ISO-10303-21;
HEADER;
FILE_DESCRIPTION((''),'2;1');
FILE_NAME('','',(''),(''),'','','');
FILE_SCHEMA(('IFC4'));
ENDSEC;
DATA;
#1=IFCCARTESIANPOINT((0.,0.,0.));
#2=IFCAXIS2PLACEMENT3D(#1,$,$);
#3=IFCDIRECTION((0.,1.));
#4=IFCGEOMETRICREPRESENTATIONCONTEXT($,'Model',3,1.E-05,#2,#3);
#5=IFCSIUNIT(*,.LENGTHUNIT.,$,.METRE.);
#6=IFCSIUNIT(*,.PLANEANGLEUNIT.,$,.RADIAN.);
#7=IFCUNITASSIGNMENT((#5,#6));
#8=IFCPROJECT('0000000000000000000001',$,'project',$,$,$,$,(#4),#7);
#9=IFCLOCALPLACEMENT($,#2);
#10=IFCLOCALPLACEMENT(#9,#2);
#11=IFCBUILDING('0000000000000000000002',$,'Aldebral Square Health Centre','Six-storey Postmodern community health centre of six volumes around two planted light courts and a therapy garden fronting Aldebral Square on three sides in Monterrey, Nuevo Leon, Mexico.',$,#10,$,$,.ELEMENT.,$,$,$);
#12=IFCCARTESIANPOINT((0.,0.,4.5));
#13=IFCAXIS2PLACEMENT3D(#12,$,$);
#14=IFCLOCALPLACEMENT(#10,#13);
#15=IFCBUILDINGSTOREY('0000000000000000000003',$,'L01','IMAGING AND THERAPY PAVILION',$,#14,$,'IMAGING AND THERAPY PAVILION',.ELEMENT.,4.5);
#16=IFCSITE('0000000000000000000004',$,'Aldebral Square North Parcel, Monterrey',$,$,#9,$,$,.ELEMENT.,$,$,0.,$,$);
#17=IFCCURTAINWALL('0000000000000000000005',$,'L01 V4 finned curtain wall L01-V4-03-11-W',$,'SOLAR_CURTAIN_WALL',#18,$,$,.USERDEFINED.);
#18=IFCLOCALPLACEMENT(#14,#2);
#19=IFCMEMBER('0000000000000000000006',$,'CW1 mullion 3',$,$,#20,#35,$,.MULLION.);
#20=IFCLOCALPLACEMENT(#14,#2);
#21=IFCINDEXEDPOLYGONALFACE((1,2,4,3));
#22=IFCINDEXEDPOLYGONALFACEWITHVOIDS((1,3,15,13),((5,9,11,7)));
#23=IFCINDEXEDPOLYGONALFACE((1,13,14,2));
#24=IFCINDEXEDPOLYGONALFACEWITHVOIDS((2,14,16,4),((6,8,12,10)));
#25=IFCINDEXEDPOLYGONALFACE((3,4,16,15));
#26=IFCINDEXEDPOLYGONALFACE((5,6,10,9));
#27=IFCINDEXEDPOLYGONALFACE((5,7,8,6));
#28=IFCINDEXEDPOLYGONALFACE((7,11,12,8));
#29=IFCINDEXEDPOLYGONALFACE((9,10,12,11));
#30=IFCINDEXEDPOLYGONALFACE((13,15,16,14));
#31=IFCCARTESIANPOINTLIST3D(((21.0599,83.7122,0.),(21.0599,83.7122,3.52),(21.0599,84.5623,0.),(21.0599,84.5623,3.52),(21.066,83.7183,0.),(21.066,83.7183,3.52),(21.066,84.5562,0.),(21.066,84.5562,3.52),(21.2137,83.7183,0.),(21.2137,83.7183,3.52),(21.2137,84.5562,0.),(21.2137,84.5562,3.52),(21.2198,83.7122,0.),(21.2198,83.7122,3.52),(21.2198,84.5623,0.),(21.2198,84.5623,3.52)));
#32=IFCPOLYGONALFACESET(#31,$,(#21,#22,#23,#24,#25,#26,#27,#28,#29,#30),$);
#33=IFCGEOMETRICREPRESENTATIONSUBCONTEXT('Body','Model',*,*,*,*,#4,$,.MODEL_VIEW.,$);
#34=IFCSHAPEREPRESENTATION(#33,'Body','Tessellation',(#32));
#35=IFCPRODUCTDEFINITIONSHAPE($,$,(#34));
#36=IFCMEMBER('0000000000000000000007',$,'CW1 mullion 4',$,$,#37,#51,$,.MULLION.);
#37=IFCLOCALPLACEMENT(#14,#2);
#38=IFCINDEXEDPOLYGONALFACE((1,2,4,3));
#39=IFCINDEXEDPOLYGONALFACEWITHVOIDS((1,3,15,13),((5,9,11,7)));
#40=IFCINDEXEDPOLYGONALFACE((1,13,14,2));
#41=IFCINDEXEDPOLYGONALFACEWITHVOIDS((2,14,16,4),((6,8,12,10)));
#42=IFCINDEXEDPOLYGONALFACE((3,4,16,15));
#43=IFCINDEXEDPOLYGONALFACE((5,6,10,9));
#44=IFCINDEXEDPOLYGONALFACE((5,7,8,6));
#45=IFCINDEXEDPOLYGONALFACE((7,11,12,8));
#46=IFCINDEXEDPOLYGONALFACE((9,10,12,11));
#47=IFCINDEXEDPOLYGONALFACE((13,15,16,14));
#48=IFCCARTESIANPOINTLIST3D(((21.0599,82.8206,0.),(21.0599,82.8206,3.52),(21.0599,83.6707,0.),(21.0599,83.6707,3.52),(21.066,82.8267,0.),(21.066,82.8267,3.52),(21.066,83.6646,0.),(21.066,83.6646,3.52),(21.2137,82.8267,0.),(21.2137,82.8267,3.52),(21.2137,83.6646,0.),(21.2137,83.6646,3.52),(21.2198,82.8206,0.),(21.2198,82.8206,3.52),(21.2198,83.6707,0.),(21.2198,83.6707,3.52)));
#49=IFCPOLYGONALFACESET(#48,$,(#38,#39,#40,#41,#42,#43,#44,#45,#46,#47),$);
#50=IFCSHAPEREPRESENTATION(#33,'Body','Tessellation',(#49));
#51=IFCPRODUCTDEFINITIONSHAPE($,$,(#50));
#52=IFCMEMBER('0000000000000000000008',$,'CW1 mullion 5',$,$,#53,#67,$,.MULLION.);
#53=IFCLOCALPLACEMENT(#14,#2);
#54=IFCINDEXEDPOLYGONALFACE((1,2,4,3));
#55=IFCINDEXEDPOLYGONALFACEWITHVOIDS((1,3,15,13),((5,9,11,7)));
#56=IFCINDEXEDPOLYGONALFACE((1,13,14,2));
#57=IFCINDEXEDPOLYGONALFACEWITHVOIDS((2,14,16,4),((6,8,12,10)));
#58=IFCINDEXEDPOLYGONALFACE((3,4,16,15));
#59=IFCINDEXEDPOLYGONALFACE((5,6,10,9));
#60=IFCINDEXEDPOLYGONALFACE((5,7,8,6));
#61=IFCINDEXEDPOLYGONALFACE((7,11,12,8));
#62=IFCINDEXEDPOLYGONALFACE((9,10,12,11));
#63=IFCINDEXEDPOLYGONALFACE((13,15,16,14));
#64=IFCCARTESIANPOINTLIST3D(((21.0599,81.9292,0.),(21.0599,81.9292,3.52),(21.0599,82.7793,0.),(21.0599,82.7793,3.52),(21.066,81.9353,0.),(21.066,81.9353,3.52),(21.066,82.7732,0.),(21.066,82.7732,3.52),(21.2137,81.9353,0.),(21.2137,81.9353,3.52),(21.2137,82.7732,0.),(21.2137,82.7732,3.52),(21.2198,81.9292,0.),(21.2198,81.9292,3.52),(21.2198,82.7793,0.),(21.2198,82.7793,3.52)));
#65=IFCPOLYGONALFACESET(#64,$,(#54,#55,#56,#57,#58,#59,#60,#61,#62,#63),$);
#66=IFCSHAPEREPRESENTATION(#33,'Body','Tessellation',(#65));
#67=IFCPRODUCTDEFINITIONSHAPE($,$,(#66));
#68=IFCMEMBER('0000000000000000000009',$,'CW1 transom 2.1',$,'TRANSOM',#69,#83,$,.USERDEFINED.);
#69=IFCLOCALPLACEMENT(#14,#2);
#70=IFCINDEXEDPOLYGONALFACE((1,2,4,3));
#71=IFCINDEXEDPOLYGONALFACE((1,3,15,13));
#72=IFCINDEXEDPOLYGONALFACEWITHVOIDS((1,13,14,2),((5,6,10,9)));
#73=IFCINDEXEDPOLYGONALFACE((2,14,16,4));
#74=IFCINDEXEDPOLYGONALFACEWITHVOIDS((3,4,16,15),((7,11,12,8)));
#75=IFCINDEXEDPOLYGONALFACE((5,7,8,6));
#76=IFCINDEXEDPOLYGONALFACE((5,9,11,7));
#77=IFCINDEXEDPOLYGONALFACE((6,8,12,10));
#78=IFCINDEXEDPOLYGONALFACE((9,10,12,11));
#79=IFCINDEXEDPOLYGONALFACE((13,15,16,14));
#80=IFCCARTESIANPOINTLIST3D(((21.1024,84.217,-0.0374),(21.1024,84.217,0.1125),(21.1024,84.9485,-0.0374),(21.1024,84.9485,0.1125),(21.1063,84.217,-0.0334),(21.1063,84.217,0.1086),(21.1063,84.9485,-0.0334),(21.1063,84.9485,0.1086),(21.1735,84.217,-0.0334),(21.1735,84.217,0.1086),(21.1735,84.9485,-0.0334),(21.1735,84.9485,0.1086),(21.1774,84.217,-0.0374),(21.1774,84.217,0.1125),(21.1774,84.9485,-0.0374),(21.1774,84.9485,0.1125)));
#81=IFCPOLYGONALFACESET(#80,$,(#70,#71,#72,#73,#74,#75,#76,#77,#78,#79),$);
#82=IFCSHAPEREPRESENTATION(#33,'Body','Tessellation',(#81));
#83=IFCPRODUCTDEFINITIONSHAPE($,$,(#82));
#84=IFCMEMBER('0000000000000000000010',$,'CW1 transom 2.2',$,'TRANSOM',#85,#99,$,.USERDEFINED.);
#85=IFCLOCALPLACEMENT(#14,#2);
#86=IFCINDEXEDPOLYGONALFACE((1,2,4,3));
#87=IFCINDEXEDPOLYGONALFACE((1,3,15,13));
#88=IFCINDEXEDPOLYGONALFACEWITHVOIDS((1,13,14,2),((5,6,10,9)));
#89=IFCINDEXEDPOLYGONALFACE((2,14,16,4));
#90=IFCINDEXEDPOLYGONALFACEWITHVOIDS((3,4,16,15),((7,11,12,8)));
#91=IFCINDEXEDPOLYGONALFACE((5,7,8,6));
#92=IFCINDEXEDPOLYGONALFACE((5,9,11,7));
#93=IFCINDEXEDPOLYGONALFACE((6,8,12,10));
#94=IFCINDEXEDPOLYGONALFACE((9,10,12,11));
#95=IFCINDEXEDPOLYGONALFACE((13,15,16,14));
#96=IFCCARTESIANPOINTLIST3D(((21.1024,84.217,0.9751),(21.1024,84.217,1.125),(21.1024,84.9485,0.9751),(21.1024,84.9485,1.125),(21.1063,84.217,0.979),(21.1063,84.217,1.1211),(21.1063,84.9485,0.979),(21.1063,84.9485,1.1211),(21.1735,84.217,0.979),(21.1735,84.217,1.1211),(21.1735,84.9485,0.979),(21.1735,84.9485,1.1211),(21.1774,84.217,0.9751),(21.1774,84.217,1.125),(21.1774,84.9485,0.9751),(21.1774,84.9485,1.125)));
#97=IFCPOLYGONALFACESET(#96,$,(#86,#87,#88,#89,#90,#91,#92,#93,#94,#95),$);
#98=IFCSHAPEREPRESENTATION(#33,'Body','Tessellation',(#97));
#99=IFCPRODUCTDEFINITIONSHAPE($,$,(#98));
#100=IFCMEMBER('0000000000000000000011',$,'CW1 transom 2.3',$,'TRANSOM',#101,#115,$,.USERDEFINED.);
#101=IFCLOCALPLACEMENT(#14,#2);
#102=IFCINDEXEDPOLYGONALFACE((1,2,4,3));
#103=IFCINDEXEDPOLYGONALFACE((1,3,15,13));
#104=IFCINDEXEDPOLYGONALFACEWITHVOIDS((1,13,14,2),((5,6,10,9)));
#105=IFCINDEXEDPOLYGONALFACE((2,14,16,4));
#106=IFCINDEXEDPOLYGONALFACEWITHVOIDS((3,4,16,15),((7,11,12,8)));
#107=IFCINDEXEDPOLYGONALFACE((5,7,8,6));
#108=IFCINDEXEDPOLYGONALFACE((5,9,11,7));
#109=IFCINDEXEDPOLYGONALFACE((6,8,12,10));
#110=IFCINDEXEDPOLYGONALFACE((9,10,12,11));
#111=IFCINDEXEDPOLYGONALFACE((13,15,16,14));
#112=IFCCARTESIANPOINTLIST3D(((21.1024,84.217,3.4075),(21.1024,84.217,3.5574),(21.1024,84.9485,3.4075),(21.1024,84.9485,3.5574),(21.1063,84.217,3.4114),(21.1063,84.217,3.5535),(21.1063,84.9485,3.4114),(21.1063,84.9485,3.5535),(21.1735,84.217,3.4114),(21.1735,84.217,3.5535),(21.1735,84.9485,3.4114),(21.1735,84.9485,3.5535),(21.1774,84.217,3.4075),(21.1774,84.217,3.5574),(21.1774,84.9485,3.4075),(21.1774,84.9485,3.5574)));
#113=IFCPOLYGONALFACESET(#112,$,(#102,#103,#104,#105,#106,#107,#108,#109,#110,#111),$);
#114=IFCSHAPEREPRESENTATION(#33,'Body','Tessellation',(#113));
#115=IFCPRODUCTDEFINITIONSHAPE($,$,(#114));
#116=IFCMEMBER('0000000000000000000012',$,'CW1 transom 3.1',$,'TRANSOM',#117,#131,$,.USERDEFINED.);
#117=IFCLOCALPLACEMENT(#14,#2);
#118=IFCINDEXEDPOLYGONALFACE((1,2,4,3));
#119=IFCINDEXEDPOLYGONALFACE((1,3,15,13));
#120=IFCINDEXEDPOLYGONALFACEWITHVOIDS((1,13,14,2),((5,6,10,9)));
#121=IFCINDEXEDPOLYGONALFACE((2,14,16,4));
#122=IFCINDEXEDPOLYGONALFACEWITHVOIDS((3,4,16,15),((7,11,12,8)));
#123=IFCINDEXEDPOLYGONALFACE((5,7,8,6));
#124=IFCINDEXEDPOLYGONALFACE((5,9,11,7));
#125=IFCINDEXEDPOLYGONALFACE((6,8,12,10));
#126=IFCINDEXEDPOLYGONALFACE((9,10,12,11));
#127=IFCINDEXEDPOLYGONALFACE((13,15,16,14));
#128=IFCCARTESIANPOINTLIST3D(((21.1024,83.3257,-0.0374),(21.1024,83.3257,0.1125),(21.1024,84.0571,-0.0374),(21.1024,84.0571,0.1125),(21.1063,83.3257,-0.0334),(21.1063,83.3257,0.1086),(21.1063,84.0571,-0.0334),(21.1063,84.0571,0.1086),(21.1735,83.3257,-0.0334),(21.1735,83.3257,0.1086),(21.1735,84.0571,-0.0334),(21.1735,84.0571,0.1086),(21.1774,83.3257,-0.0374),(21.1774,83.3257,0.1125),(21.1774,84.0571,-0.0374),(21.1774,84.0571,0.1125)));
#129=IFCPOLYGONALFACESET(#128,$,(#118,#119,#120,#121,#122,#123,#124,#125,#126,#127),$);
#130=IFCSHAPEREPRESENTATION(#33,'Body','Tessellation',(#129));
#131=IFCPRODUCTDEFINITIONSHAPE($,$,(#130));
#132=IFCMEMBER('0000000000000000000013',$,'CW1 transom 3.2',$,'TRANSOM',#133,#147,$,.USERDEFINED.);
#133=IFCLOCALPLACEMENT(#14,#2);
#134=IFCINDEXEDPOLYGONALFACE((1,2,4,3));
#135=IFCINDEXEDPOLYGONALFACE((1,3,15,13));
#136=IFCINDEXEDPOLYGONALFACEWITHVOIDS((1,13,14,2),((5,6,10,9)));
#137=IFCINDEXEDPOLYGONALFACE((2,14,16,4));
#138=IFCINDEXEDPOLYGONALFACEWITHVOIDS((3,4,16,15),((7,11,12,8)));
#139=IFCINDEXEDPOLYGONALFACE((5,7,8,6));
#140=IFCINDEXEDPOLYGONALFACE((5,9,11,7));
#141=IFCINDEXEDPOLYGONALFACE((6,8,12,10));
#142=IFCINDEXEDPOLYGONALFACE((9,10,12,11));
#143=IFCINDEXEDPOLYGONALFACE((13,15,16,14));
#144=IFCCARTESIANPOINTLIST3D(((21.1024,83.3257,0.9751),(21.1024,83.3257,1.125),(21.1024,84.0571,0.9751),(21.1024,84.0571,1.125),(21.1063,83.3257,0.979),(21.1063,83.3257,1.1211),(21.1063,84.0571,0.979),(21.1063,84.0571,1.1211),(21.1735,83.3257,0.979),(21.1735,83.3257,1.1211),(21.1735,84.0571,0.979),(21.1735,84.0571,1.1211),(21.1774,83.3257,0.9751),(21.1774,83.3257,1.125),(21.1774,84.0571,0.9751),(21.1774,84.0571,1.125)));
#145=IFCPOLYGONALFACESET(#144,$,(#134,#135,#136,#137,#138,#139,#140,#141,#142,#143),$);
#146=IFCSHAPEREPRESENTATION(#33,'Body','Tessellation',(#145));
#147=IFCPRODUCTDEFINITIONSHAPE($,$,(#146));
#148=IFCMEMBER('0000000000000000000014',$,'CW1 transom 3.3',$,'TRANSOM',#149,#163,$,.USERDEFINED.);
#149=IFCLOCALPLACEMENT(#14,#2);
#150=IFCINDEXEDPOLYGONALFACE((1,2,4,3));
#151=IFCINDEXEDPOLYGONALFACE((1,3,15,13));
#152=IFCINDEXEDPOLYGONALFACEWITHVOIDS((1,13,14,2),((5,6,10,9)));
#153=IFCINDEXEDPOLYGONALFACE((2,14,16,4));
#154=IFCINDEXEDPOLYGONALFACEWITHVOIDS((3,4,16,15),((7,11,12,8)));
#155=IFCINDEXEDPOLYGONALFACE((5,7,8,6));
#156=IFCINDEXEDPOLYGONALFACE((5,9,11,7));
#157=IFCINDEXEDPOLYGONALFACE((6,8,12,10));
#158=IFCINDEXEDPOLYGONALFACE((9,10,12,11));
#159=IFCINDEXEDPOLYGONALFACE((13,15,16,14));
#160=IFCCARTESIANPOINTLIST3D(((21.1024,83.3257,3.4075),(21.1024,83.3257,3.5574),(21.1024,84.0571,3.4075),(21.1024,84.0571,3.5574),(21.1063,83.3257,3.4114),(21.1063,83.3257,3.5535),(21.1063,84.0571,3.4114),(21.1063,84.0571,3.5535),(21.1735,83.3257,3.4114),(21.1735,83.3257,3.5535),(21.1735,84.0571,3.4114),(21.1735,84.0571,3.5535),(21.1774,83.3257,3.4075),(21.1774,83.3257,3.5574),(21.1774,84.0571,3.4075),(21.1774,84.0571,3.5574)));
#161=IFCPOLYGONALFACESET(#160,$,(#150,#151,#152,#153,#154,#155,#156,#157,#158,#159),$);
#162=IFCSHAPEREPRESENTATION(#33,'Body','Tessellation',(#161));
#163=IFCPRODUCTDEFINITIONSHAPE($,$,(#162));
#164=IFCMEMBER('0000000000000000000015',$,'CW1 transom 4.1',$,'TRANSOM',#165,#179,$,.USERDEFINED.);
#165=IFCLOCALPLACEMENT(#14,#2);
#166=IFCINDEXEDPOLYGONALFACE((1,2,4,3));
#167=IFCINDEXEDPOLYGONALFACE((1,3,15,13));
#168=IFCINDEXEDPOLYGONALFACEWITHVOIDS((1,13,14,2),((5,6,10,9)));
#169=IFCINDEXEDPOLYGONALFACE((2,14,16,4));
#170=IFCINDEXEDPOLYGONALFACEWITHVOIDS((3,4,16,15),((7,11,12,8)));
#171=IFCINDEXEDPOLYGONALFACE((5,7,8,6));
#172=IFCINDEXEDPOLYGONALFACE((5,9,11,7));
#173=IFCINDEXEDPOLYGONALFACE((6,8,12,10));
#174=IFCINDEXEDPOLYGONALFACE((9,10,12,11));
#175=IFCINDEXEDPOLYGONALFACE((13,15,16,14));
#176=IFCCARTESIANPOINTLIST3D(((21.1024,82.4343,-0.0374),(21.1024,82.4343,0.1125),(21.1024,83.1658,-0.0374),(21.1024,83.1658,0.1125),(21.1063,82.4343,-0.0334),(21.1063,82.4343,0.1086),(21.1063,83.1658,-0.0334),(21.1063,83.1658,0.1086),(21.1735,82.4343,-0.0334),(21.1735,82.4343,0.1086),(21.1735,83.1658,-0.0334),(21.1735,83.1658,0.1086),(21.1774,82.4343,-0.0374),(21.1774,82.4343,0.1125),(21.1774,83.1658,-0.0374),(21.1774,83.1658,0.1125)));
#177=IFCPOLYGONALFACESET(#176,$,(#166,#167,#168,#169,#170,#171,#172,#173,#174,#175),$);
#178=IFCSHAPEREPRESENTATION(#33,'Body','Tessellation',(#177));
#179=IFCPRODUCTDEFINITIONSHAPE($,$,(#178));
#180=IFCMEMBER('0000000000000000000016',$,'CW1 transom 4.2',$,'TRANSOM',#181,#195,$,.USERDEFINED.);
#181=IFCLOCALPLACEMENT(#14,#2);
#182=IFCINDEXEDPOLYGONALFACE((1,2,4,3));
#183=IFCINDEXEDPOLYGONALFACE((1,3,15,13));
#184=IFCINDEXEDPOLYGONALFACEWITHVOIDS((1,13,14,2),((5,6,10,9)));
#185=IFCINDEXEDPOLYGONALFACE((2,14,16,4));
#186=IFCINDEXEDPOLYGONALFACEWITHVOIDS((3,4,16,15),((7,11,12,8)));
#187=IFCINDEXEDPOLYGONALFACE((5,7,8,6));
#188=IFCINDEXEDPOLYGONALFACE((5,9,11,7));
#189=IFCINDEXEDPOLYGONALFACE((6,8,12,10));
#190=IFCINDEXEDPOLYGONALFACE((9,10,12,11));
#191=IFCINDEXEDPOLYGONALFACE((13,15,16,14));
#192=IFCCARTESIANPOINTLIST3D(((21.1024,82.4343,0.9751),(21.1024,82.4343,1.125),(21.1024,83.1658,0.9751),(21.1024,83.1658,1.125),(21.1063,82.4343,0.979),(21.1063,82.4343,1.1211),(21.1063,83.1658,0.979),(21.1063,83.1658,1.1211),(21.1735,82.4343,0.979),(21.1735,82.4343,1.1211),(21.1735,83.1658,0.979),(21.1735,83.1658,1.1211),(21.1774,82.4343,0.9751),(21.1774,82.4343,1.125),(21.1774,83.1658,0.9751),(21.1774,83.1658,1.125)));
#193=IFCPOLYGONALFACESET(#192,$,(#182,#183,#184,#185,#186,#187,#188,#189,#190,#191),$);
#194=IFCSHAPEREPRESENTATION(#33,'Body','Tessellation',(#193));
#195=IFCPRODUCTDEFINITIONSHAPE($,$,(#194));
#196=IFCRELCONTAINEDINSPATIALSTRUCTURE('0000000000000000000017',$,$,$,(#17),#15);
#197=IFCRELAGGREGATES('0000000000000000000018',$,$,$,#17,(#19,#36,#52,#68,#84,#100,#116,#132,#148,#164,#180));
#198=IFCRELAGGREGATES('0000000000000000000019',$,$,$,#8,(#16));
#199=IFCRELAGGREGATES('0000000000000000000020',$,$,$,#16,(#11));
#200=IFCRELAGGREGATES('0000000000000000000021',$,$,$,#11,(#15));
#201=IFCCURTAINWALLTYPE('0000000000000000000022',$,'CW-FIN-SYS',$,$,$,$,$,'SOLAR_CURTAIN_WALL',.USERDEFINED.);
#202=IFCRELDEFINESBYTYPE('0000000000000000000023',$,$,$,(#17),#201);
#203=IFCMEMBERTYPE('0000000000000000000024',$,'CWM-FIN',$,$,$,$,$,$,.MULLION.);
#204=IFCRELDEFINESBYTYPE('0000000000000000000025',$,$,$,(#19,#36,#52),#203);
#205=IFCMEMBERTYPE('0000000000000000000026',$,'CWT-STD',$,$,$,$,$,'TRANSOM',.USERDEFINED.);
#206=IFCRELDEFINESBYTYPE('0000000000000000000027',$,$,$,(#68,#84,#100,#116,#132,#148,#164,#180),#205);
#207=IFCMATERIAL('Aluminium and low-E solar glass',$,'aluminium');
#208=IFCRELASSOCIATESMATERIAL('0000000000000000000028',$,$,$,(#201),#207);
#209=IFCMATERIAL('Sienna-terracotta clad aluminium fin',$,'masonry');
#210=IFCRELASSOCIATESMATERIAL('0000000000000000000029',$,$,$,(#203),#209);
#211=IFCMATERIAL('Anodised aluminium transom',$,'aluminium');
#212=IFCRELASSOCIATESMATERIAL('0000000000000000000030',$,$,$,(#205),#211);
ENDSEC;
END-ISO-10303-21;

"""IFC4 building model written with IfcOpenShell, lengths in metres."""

from ifc_helpers import new_model, si_unit, direction, frame, origin, origin_2d, place, context, subcontext, project, spatial, hollow_rectangle, extrude, material, material_profile, profile_set, type_object, element, aggregate, save


model = new_model("IFC4")

# Units and contexts
model_context = context("Model", 3, precision=1e-05, world=origin(), true_north=direction((0.0, 1.0)))
body_context = subcontext(model_context, "Body", "Model", "MODEL_VIEW")
ifc_project = project(units=[si_unit("LENGTHUNIT", "METRE"), si_unit("PLANEANGLEUNIT", "RADIAN")], contexts=[model_context])

# Site, building, storey
site_placement = place(None, origin())
site = spatial("IfcSite", under=ifc_project, at=site_placement, Name="Aldebral Square North Parcel, Monterrey", CompositionType="ELEMENT", RefElevation=0.0)
building_placement = place(site_placement, origin())
building = spatial("IfcBuilding", under=site, at=building_placement, Name="Aldebral Square Health Centre", Description="Six-storey Postmodern community health centre of six volumes around two planted light courts and a therapy garden fronting Aldebral Square on three sides in Monterrey, Nuevo Leon, Mexico.", CompositionType="ELEMENT")
storey_placement = place(building_placement, frame((0.0, 0.0, 4.5)))
storey = spatial("IfcBuildingStorey", under=building, at=storey_placement, Name="L01", Description="IMAGING AND THERAPY PAVILION", LongName="IMAGING AND THERAPY PAVILION", CompositionType="ELEMENT", Elevation=4.5)

# Curtain wall, members
ifc_material_1 = material(Name="Aluminium and low-E solar glass", Category="aluminium")
curtain_wall_type = type_object("IfcCurtainWallType", Name="CW-FIN-SYS", ElementType="SOLAR_CURTAIN_WALL", PredefinedType="USERDEFINED", material=ifc_material_1)
curtain_wall_placement = place(storey_placement, origin())
curtain_wall = element("IfcCurtainWall", 1, at=curtain_wall_placement, inside=storey, type_object=curtain_wall_type, Name="L01 V4 finned curtain wall L01-V4-03-11-W", ObjectType="SOLAR_CURTAIN_WALL", PredefinedType="USERDEFINED")
ifc_material_2 = material(Name="Sienna-terracotta clad aluminium fin", Category="masonry")
ifc_material_profile_1 = material_profile(ifc_material_2, hollow_rectangle(XDim=0.1599, YDim=0.8501, WallThickness=0.0061, at=origin_2d()), Name="FIN 160x850x6")
ifc_profile_set_1 = profile_set([ifc_material_profile_1], Name="Sienna-terracotta clad aluminium fin")
member_type_1 = type_object("IfcMemberType", Name="CWM-FIN", PredefinedType="MULLION", material=ifc_profile_set_1)
member_1_placement = place(storey_placement, frame((21.1399, 84.1372, 0.0), z_axis=(0.0, 0.0, 1.0), x_axis=(1.0, 0.0, 0.0)))
member_1 = element("IfcMember", 2, at=member_1_placement, type_object=member_type_1, Name="CW1 mullion 3", PredefinedType="MULLION", context=body_context, shape_type="SweptSolid", body=[
    extrude(hollow_rectangle(XDim=0.1599, YDim=0.8501, WallThickness=0.0061, at=origin_2d()), origin(), (0.0, 0.0, 1.0), 3.52),
])
member_2_placement = place(storey_placement, frame((21.1399, 83.2456, 0.0), z_axis=(0.0, 0.0, 1.0), x_axis=(1.0, 0.0, 0.0)))
member_2 = element("IfcMember", 3, at=member_2_placement, type_object=member_type_1, Name="CW1 mullion 4", PredefinedType="MULLION", context=body_context, shape_type="SweptSolid", body=[
    extrude(hollow_rectangle(XDim=0.1599, YDim=0.8501, WallThickness=0.0061, at=origin_2d()), origin(), (0.0, 0.0, 1.0), 3.52),
])
member_3_placement = place(storey_placement, frame((21.1399, 82.3542, 0.0), z_axis=(0.0, 0.0, 1.0), x_axis=(1.0, 0.0, 0.0)))
member_3 = element("IfcMember", 4, at=member_3_placement, type_object=member_type_1, Name="CW1 mullion 5", PredefinedType="MULLION", context=body_context, shape_type="SweptSolid", body=[
    extrude(hollow_rectangle(XDim=0.1599, YDim=0.8501, WallThickness=0.0061, at=origin_2d()), origin(), (0.0, 0.0, 1.0), 3.52),
])
ifc_material_3 = material(Name="Anodised aluminium transom", Category="aluminium")
ifc_material_profile_2 = material_profile(ifc_material_3, hollow_rectangle(XDim=0.075, YDim=0.1499, WallThickness=0.0039, at=origin_2d()), Name="CWT 75x150x4")
ifc_profile_set_2 = profile_set([ifc_material_profile_2], Name="Anodised aluminium transom")
member_type_2 = type_object("IfcMemberType", Name="CWT-STD", ElementType="TRANSOM", PredefinedType="USERDEFINED", material=ifc_profile_set_2)
member_4_placement = place(storey_placement, frame((21.1399, 84.9485, 0.0376), z_axis=(0.0, -1.0, 0.0), x_axis=(1.0, 0.0, 0.0)))
member_4 = element("IfcMember", 5, at=member_4_placement, type_object=member_type_2, Name="CW1 transom 2.1", ObjectType="TRANSOM", PredefinedType="USERDEFINED", context=body_context, shape_type="SweptSolid", body=[
    extrude(hollow_rectangle(XDim=0.075, YDim=0.1499, WallThickness=0.0039, at=origin_2d()), origin(), (0.0, 0.0, 1.0), 0.7314),
])
member_5_placement = place(storey_placement, frame((21.1399, 84.9485, 1.05), z_axis=(0.0, -1.0, 0.0), x_axis=(1.0, 0.0, 0.0)))
member_5 = element("IfcMember", 6, at=member_5_placement, type_object=member_type_2, Name="CW1 transom 2.2", ObjectType="TRANSOM", PredefinedType="USERDEFINED", context=body_context, shape_type="SweptSolid", body=[
    extrude(hollow_rectangle(XDim=0.075, YDim=0.1499, WallThickness=0.0039, at=origin_2d()), origin(), (0.0, 0.0, 1.0), 0.7314),
])
member_6_placement = place(storey_placement, frame((21.1399, 84.9485, 3.4824), z_axis=(0.0, -1.0, 0.0), x_axis=(1.0, 0.0, 0.0)))
member_6 = element("IfcMember", 7, at=member_6_placement, type_object=member_type_2, Name="CW1 transom 2.3", ObjectType="TRANSOM", PredefinedType="USERDEFINED", context=body_context, shape_type="SweptSolid", body=[
    extrude(hollow_rectangle(XDim=0.075, YDim=0.1499, WallThickness=0.0039, at=origin_2d()), origin(), (0.0, 0.0, 1.0), 0.7314),
])
member_7_placement = place(storey_placement, frame((21.1399, 84.0571, 0.0376), z_axis=(0.0, -1.0, 0.0), x_axis=(1.0, 0.0, 0.0)))
member_7 = element("IfcMember", 8, at=member_7_placement, type_object=member_type_2, Name="CW1 transom 3.1", ObjectType="TRANSOM", PredefinedType="USERDEFINED", context=body_context, shape_type="SweptSolid", body=[
    extrude(hollow_rectangle(XDim=0.075, YDim=0.1499, WallThickness=0.0039, at=origin_2d()), origin(), (0.0, 0.0, 1.0), 0.7314),
])
member_8_placement = place(storey_placement, frame((21.1399, 84.0571, 1.05), z_axis=(0.0, -1.0, 0.0), x_axis=(1.0, 0.0, 0.0)))
member_8 = element("IfcMember", 9, at=member_8_placement, type_object=member_type_2, Name="CW1 transom 3.2", ObjectType="TRANSOM", PredefinedType="USERDEFINED", context=body_context, shape_type="SweptSolid", body=[
    extrude(hollow_rectangle(XDim=0.075, YDim=0.1499, WallThickness=0.0039, at=origin_2d()), origin(), (0.0, 0.0, 1.0), 0.7314),
])
member_9_placement = place(storey_placement, frame((21.1399, 84.0571, 3.4824), z_axis=(0.0, -1.0, 0.0), x_axis=(1.0, 0.0, 0.0)))
member_9 = element("IfcMember", 10, at=member_9_placement, type_object=member_type_2, Name="CW1 transom 3.3", ObjectType="TRANSOM", PredefinedType="USERDEFINED", context=body_context, shape_type="SweptSolid", body=[
    extrude(hollow_rectangle(XDim=0.075, YDim=0.1499, WallThickness=0.0039, at=origin_2d()), origin(), (0.0, 0.0, 1.0), 0.7314),
])
member_10_placement = place(storey_placement, frame((21.1399, 83.1658, 0.0376), z_axis=(0.0, -1.0, 0.0), x_axis=(1.0, 0.0, 0.0)))
member_10 = element("IfcMember", 11, at=member_10_placement, type_object=member_type_2, Name="CW1 transom 4.1", ObjectType="TRANSOM", PredefinedType="USERDEFINED", context=body_context, shape_type="SweptSolid", body=[
    extrude(hollow_rectangle(XDim=0.075, YDim=0.1499, WallThickness=0.0039, at=origin_2d()), origin(), (0.0, 0.0, 1.0), 0.7314),
])
member_11_placement = place(storey_placement, frame((21.1399, 83.1658, 1.05), z_axis=(0.0, -1.0, 0.0), x_axis=(1.0, 0.0, 0.0)))
member_11 = element("IfcMember", 12, at=member_11_placement, type_object=member_type_2, Name="CW1 transom 4.2", ObjectType="TRANSOM", PredefinedType="USERDEFINED", context=body_context, shape_type="SweptSolid", body=[
    extrude(hollow_rectangle(XDim=0.075, YDim=0.1499, WallThickness=0.0039, at=origin_2d()), origin(), (0.0, 0.0, 1.0), 0.7314),
])
aggregate(curtain_wall, [member_1, member_2, member_3, member_4, member_5, member_6, member_7, member_8, member_9, member_10, member_11])

save(model, "model.ifc")
